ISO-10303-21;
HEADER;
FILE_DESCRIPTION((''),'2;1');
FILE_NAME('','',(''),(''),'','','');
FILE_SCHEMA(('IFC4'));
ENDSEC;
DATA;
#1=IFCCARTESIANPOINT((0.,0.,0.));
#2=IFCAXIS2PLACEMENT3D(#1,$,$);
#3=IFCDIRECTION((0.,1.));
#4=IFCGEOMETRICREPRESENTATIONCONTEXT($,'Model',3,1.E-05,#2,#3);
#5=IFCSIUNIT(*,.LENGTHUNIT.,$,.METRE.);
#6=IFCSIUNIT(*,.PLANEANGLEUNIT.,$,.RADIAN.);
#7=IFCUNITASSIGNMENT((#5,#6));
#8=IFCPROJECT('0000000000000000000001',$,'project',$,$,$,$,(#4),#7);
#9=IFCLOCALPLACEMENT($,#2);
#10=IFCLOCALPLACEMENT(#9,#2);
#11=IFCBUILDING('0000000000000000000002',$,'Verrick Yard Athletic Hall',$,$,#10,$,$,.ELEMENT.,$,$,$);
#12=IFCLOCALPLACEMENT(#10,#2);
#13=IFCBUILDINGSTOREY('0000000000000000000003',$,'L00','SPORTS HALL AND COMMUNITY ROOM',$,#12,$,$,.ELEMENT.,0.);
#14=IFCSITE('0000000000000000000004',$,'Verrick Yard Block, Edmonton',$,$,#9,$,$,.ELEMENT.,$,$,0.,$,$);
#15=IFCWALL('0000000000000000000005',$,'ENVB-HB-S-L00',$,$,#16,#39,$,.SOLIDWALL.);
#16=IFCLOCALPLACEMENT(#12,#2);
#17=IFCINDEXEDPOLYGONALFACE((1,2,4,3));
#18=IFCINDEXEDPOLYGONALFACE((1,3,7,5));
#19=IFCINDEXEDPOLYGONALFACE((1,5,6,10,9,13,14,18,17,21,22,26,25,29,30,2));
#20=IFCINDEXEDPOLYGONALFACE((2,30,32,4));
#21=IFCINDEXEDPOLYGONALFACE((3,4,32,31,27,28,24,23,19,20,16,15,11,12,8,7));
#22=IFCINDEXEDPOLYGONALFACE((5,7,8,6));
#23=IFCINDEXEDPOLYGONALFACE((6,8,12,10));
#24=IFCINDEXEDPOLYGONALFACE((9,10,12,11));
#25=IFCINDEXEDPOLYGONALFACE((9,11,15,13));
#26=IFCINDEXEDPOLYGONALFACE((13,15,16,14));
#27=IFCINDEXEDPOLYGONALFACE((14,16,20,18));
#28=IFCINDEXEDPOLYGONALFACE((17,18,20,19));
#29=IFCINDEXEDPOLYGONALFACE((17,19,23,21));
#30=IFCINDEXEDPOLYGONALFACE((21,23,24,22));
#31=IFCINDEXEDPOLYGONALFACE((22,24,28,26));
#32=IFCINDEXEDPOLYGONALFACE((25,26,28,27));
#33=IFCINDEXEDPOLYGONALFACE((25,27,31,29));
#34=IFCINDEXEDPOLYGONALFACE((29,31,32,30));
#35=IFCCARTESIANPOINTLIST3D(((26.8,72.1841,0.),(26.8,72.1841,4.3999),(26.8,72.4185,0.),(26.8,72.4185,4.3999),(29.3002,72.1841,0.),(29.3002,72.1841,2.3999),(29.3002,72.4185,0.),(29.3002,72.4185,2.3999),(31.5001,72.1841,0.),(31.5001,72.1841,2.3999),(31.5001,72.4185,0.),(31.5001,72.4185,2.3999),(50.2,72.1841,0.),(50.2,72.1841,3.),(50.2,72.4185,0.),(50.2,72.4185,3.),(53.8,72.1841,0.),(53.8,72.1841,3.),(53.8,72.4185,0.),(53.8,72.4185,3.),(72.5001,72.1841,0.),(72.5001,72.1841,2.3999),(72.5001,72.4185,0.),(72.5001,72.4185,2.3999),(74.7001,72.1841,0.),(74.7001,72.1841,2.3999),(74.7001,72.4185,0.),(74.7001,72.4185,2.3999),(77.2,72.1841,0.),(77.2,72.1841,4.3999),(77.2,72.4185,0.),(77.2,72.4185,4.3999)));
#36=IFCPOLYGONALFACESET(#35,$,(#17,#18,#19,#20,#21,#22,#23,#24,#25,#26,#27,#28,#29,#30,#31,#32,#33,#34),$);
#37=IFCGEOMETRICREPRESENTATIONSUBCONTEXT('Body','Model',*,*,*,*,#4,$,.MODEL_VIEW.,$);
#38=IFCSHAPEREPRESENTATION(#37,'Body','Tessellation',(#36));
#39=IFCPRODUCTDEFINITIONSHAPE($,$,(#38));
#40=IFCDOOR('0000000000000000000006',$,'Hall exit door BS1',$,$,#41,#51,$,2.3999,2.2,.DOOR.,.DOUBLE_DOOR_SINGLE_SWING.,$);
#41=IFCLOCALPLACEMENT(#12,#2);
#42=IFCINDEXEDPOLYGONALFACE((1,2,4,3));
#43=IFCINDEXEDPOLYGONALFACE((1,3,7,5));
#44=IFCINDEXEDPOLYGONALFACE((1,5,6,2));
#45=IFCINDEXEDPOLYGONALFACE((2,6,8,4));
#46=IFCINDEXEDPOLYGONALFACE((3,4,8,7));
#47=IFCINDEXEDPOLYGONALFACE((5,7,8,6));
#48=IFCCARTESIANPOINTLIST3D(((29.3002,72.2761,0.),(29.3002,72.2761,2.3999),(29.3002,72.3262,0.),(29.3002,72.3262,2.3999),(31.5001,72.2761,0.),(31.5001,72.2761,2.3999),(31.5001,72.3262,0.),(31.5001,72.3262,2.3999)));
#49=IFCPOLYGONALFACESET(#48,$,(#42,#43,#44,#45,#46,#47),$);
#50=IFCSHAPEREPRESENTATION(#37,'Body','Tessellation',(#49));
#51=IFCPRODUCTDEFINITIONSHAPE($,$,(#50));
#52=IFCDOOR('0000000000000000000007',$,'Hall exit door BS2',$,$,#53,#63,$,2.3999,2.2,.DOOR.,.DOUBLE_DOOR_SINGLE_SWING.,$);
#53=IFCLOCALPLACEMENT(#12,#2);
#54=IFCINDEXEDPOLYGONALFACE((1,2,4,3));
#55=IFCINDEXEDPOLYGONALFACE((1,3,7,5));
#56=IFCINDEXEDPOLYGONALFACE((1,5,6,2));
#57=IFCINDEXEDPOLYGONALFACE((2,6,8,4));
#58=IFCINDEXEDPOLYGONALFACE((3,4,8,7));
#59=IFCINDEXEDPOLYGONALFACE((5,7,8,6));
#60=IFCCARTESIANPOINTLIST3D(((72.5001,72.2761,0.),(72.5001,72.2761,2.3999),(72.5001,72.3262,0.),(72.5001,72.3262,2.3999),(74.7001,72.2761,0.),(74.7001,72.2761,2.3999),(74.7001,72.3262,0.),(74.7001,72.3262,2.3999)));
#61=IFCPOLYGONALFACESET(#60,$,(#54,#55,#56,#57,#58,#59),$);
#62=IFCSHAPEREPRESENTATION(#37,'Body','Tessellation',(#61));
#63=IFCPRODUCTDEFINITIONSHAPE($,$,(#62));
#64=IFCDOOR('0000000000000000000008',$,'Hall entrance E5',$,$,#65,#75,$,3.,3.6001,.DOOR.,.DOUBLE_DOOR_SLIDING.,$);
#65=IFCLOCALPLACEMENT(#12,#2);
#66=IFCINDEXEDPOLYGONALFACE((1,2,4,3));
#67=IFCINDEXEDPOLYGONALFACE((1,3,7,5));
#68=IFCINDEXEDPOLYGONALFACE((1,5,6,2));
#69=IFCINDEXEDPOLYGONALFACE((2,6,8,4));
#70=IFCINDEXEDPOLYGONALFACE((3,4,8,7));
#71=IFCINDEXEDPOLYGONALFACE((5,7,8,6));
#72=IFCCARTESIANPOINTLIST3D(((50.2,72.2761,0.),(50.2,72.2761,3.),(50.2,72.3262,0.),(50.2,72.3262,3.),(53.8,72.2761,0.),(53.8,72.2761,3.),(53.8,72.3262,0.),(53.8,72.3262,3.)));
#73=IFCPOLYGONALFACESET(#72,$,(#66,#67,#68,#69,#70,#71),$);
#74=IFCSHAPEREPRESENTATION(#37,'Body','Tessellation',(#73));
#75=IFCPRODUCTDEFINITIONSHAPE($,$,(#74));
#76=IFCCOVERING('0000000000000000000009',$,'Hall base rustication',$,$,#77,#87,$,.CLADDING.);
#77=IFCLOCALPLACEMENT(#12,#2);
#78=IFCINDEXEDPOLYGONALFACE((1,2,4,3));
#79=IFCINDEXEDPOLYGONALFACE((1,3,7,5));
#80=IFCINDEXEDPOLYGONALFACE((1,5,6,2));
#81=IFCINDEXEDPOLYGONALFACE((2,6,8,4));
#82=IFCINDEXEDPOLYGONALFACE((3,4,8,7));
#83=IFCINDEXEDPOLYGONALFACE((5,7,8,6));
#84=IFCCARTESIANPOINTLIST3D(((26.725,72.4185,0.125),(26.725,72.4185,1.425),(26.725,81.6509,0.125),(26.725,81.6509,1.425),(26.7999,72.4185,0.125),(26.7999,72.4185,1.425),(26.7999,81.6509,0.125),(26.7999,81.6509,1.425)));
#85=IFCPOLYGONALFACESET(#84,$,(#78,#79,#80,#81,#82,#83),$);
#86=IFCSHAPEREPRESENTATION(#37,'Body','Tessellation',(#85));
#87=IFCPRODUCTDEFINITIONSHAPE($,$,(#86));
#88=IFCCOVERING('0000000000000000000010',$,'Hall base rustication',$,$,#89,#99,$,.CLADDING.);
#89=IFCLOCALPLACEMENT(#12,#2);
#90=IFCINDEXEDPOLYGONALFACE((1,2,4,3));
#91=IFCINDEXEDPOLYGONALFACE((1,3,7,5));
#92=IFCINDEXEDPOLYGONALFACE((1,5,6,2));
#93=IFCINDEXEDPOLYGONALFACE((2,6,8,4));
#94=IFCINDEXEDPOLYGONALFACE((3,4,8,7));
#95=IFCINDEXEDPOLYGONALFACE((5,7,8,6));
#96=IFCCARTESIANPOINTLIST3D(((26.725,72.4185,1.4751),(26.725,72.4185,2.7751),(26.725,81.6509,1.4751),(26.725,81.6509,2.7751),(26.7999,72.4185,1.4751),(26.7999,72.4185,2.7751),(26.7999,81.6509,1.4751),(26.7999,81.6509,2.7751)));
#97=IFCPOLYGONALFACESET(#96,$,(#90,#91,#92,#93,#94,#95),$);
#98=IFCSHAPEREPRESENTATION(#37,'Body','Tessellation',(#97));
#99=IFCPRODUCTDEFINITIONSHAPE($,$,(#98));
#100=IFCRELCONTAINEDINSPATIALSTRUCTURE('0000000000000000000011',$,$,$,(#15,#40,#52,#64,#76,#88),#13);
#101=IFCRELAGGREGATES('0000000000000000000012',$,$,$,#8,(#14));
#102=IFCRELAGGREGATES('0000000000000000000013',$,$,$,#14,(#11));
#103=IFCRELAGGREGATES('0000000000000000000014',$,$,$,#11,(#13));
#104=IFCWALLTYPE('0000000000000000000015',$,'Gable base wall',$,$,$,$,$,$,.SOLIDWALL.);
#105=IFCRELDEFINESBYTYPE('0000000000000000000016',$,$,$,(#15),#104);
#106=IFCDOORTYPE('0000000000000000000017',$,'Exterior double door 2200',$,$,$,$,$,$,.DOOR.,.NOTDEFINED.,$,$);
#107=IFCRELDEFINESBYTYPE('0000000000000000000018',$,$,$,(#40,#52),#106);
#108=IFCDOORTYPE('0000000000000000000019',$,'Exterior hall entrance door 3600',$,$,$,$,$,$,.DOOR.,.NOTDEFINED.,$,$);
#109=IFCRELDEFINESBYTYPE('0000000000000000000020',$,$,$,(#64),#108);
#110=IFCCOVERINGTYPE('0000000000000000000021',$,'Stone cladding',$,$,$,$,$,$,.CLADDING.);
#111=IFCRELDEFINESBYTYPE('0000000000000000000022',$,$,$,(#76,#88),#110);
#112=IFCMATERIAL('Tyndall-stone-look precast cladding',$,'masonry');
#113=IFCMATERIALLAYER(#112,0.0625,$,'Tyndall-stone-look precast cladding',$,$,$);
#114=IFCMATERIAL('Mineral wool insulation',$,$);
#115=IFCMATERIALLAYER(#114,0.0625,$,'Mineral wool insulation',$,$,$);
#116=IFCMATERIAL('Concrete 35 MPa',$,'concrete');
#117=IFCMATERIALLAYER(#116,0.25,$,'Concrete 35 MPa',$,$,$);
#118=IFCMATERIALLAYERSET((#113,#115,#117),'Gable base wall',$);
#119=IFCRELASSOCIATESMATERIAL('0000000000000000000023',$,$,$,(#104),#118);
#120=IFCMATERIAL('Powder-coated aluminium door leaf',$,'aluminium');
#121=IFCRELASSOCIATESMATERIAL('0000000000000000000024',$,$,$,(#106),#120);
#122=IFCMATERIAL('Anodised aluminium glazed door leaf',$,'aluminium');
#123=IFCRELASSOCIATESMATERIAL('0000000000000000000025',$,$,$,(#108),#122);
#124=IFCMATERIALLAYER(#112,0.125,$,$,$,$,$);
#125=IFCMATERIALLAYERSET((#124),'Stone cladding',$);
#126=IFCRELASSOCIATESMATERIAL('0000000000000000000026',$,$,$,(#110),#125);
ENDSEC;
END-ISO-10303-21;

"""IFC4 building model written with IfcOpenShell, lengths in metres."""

from ifc_helpers import new_model, si_unit, direction, frame, frame_2d, origin, origin_2d, place, context, subcontext, project, spatial, rectangle, extrude, material, layer, layer_set, type_object, element, fill, save


model = new_model("IFC4")

# Units and contexts
model_context = context("Model", 3, precision=1e-05, world=origin(), true_north=direction((0.0, 1.0)))
body_context = subcontext(model_context, "Body", "Model", "MODEL_VIEW")
ifc_project = project(units=[si_unit("LENGTHUNIT", "METRE"), si_unit("PLANEANGLEUNIT", "RADIAN")], contexts=[model_context])

# Site, building, storey
site_placement = place(None, origin())
site = spatial("IfcSite", under=ifc_project, at=site_placement, Name="Verrick Yard Block, Edmonton", CompositionType="ELEMENT", RefElevation=0.0)
building_placement = place(site_placement, origin())
building = spatial("IfcBuilding", under=site, at=building_placement, Name="Verrick Yard Athletic Hall", CompositionType="ELEMENT")
storey_placement = place(building_placement, origin())
storey = spatial("IfcBuildingStorey", under=building, at=storey_placement, Name="L00", Description="SPORTS HALL AND COMMUNITY ROOM", CompositionType="ELEMENT", Elevation=0.0)

# Shared definitions
ifc_material_1 = material(Name="Concrete 35 MPa", Category="concrete")

# Wall, openings, doors
ifc_material_2 = material(Name="Tyndall-stone-look precast cladding", Category="masonry")
ifc_layer_1 = layer(ifc_material_2, 0.0625, Name="Tyndall-stone-look precast cladding")
ifc_material_3 = material(Name="Mineral wool insulation")
ifc_layer_2 = layer(ifc_material_3, 0.0625, Name="Mineral wool insulation")
ifc_layer_3 = layer(ifc_material_1, 0.25, Name="Concrete 35 MPa")
ifc_layer_set_1 = layer_set([ifc_layer_1, ifc_layer_2, ifc_layer_3], Name="Gable base wall")
wall_type_1 = type_object("IfcWallType", Name="Gable base wall", PredefinedType="SOLIDWALL", material=ifc_layer_set_1)
wall_1_placement = place(storey_placement, frame((26.8, 72.3013, 0.0), z_axis=(0.0, 0.0, 1.0), x_axis=(1.0, 0.0, 0.0)))
wall_1 = element("IfcWall", 1, at=wall_1_placement, inside=storey, type_object=wall_type_1, Name="ENVB-HB-S-L00", PredefinedType="SOLIDWALL", context=body_context, shape_type="SweptSolid", body=[
    extrude(rectangle(XDim=50.3999, YDim=0.2344, at=frame_2d((25.2, 0.0))), origin(), (0.0, 0.0, 1.0), 4.3999),
])
opening_1_placement = place(wall_1_placement, frame((23.3999, 0.0, 0.0)))
opening_1 = element("IfcOpeningElement", 2, at=opening_1_placement, cuts=wall_1, PredefinedType="OPENING", context=body_context, shape_type="SweptSolid", body=[
    extrude(rectangle(XDim=3.6001, YDim=3.0, at=frame_2d((1.8, 1.5))), frame((0.0, 0.1272, 0.0), z_axis=(0.0, -1.0, 0.0), x_axis=(1.0, 0.0, 0.0)), (0.0, 0.0, 1.0), 0.2544),
])
opening_2_placement = place(wall_1_placement, frame((2.5, 0.0, 0.0)))
opening_2 = element("IfcOpeningElement", 3, at=opening_2_placement, cuts=wall_1, PredefinedType="OPENING", context=body_context, shape_type="SweptSolid", body=[
    extrude(rectangle(XDim=2.2, YDim=2.3999, at=frame_2d((1.1001, 1.2))), frame((0.0, 0.1272, 0.0), z_axis=(0.0, -1.0, 0.0), x_axis=(1.0, 0.0, 0.0)), (0.0, 0.0, 1.0), 0.2544),
])
opening_3_placement = place(wall_1_placement, frame((45.7, 0.0, 0.0)))
opening_3 = element("IfcOpeningElement", 4, at=opening_3_placement, cuts=wall_1, PredefinedType="OPENING", context=body_context, shape_type="SweptSolid", body=[
    extrude(rectangle(XDim=2.2, YDim=2.3999, at=frame_2d((1.1001, 1.2))), frame((0.0, 0.1272, 0.0), z_axis=(0.0, -1.0, 0.0), x_axis=(1.0, 0.0, 0.0)), (0.0, 0.0, 1.0), 0.2544),
])
ifc_material_4 = material(Name="Powder-coated aluminium door leaf", Category="aluminium")
door_type_1 = type_object("IfcDoorType", Name="Exterior double door 2200", OperationType="NOTDEFINED", PredefinedType="DOOR", material=ifc_material_4)
door_1_placement = place(opening_2_placement, origin())
door_1 = element("IfcDoor", 5, at=door_1_placement, inside=storey, type_object=door_type_1, Name="Hall exit door BS1", OperationType="DOUBLE_DOOR_SINGLE_SWING", OverallHeight=2.3999, OverallWidth=2.2, PredefinedType="DOOR", context=body_context, shape_type="SweptSolid", body=[
    extrude(rectangle(XDim=2.2, YDim=2.3999, at=frame_2d((1.1001, 1.2))), frame((0.0, 0.0249, 0.0), z_axis=(0.0, -1.0, 0.0), x_axis=(1.0, 0.0, 0.0)), (0.0, 0.0, 1.0), 0.05),
])
fill(opening_2, door_1)
door_2_placement = place(opening_3_placement, origin())
door_2 = element("IfcDoor", 6, at=door_2_placement, inside=storey, type_object=door_type_1, Name="Hall exit door BS2", OperationType="DOUBLE_DOOR_SINGLE_SWING", OverallHeight=2.3999, OverallWidth=2.2, PredefinedType="DOOR", context=body_context, shape_type="SweptSolid", body=[
    extrude(rectangle(XDim=2.2, YDim=2.3999, at=frame_2d((1.1001, 1.2))), frame((0.0, 0.0249, 0.0), z_axis=(0.0, -1.0, 0.0), x_axis=(1.0, 0.0, 0.0)), (0.0, 0.0, 1.0), 0.05),
])
fill(opening_3, door_2)
ifc_material_5 = material(Name="Anodised aluminium glazed door leaf", Category="aluminium")
door_type_2 = type_object("IfcDoorType", Name="Exterior hall entrance door 3600", OperationType="NOTDEFINED", PredefinedType="DOOR", material=ifc_material_5)
door_3_placement = place(opening_1_placement, origin())
door_3 = element("IfcDoor", 7, at=door_3_placement, inside=storey, type_object=door_type_2, Name="Hall entrance E5", OperationType="DOUBLE_DOOR_SLIDING", OverallHeight=3.0, OverallWidth=3.6001, PredefinedType="DOOR", context=body_context, shape_type="SweptSolid", body=[
    extrude(rectangle(XDim=3.6001, YDim=3.0, at=frame_2d((1.8, 1.5))), frame((0.0, 0.0249, 0.0), z_axis=(0.0, -1.0, 0.0), x_axis=(1.0, 0.0, 0.0)), (0.0, 0.0, 1.0), 0.05),
])
fill(opening_1, door_3)

# Coverings
ifc_layer_4 = layer(ifc_material_2, 0.125)
ifc_layer_set_2 = layer_set([ifc_layer_4], Name="Stone cladding")
covering_type = type_object("IfcCoveringType", Name="Stone cladding", PredefinedType="CLADDING", material=ifc_layer_set_2)
for number, where, z_axis, x_axis, name in (
    (8, (26.7625, 77.0347, 0.125), (0.0, 0.0, 1.0), (0.0, 1.0, 0.0), "Hall base rustication"),
    (9, (26.7625, 77.0347, 1.4751), (0.0, 0.0, 1.0), (0.0, 1.0, 0.0), "Hall base rustication"),
):
    element("IfcCovering", number, at=place(storey_placement, frame(where, z_axis=z_axis, x_axis=x_axis)), inside=storey, type_object=covering_type, Name=name, PredefinedType="CLADDING", context=body_context, shape_type="SweptSolid", body=[
        extrude(rectangle(XDim=9.2324, YDim=0.075, at=origin_2d()), origin(), (0.0, 0.0, 1.0), 1.3),
    ])

save(model, "model.ifc")
